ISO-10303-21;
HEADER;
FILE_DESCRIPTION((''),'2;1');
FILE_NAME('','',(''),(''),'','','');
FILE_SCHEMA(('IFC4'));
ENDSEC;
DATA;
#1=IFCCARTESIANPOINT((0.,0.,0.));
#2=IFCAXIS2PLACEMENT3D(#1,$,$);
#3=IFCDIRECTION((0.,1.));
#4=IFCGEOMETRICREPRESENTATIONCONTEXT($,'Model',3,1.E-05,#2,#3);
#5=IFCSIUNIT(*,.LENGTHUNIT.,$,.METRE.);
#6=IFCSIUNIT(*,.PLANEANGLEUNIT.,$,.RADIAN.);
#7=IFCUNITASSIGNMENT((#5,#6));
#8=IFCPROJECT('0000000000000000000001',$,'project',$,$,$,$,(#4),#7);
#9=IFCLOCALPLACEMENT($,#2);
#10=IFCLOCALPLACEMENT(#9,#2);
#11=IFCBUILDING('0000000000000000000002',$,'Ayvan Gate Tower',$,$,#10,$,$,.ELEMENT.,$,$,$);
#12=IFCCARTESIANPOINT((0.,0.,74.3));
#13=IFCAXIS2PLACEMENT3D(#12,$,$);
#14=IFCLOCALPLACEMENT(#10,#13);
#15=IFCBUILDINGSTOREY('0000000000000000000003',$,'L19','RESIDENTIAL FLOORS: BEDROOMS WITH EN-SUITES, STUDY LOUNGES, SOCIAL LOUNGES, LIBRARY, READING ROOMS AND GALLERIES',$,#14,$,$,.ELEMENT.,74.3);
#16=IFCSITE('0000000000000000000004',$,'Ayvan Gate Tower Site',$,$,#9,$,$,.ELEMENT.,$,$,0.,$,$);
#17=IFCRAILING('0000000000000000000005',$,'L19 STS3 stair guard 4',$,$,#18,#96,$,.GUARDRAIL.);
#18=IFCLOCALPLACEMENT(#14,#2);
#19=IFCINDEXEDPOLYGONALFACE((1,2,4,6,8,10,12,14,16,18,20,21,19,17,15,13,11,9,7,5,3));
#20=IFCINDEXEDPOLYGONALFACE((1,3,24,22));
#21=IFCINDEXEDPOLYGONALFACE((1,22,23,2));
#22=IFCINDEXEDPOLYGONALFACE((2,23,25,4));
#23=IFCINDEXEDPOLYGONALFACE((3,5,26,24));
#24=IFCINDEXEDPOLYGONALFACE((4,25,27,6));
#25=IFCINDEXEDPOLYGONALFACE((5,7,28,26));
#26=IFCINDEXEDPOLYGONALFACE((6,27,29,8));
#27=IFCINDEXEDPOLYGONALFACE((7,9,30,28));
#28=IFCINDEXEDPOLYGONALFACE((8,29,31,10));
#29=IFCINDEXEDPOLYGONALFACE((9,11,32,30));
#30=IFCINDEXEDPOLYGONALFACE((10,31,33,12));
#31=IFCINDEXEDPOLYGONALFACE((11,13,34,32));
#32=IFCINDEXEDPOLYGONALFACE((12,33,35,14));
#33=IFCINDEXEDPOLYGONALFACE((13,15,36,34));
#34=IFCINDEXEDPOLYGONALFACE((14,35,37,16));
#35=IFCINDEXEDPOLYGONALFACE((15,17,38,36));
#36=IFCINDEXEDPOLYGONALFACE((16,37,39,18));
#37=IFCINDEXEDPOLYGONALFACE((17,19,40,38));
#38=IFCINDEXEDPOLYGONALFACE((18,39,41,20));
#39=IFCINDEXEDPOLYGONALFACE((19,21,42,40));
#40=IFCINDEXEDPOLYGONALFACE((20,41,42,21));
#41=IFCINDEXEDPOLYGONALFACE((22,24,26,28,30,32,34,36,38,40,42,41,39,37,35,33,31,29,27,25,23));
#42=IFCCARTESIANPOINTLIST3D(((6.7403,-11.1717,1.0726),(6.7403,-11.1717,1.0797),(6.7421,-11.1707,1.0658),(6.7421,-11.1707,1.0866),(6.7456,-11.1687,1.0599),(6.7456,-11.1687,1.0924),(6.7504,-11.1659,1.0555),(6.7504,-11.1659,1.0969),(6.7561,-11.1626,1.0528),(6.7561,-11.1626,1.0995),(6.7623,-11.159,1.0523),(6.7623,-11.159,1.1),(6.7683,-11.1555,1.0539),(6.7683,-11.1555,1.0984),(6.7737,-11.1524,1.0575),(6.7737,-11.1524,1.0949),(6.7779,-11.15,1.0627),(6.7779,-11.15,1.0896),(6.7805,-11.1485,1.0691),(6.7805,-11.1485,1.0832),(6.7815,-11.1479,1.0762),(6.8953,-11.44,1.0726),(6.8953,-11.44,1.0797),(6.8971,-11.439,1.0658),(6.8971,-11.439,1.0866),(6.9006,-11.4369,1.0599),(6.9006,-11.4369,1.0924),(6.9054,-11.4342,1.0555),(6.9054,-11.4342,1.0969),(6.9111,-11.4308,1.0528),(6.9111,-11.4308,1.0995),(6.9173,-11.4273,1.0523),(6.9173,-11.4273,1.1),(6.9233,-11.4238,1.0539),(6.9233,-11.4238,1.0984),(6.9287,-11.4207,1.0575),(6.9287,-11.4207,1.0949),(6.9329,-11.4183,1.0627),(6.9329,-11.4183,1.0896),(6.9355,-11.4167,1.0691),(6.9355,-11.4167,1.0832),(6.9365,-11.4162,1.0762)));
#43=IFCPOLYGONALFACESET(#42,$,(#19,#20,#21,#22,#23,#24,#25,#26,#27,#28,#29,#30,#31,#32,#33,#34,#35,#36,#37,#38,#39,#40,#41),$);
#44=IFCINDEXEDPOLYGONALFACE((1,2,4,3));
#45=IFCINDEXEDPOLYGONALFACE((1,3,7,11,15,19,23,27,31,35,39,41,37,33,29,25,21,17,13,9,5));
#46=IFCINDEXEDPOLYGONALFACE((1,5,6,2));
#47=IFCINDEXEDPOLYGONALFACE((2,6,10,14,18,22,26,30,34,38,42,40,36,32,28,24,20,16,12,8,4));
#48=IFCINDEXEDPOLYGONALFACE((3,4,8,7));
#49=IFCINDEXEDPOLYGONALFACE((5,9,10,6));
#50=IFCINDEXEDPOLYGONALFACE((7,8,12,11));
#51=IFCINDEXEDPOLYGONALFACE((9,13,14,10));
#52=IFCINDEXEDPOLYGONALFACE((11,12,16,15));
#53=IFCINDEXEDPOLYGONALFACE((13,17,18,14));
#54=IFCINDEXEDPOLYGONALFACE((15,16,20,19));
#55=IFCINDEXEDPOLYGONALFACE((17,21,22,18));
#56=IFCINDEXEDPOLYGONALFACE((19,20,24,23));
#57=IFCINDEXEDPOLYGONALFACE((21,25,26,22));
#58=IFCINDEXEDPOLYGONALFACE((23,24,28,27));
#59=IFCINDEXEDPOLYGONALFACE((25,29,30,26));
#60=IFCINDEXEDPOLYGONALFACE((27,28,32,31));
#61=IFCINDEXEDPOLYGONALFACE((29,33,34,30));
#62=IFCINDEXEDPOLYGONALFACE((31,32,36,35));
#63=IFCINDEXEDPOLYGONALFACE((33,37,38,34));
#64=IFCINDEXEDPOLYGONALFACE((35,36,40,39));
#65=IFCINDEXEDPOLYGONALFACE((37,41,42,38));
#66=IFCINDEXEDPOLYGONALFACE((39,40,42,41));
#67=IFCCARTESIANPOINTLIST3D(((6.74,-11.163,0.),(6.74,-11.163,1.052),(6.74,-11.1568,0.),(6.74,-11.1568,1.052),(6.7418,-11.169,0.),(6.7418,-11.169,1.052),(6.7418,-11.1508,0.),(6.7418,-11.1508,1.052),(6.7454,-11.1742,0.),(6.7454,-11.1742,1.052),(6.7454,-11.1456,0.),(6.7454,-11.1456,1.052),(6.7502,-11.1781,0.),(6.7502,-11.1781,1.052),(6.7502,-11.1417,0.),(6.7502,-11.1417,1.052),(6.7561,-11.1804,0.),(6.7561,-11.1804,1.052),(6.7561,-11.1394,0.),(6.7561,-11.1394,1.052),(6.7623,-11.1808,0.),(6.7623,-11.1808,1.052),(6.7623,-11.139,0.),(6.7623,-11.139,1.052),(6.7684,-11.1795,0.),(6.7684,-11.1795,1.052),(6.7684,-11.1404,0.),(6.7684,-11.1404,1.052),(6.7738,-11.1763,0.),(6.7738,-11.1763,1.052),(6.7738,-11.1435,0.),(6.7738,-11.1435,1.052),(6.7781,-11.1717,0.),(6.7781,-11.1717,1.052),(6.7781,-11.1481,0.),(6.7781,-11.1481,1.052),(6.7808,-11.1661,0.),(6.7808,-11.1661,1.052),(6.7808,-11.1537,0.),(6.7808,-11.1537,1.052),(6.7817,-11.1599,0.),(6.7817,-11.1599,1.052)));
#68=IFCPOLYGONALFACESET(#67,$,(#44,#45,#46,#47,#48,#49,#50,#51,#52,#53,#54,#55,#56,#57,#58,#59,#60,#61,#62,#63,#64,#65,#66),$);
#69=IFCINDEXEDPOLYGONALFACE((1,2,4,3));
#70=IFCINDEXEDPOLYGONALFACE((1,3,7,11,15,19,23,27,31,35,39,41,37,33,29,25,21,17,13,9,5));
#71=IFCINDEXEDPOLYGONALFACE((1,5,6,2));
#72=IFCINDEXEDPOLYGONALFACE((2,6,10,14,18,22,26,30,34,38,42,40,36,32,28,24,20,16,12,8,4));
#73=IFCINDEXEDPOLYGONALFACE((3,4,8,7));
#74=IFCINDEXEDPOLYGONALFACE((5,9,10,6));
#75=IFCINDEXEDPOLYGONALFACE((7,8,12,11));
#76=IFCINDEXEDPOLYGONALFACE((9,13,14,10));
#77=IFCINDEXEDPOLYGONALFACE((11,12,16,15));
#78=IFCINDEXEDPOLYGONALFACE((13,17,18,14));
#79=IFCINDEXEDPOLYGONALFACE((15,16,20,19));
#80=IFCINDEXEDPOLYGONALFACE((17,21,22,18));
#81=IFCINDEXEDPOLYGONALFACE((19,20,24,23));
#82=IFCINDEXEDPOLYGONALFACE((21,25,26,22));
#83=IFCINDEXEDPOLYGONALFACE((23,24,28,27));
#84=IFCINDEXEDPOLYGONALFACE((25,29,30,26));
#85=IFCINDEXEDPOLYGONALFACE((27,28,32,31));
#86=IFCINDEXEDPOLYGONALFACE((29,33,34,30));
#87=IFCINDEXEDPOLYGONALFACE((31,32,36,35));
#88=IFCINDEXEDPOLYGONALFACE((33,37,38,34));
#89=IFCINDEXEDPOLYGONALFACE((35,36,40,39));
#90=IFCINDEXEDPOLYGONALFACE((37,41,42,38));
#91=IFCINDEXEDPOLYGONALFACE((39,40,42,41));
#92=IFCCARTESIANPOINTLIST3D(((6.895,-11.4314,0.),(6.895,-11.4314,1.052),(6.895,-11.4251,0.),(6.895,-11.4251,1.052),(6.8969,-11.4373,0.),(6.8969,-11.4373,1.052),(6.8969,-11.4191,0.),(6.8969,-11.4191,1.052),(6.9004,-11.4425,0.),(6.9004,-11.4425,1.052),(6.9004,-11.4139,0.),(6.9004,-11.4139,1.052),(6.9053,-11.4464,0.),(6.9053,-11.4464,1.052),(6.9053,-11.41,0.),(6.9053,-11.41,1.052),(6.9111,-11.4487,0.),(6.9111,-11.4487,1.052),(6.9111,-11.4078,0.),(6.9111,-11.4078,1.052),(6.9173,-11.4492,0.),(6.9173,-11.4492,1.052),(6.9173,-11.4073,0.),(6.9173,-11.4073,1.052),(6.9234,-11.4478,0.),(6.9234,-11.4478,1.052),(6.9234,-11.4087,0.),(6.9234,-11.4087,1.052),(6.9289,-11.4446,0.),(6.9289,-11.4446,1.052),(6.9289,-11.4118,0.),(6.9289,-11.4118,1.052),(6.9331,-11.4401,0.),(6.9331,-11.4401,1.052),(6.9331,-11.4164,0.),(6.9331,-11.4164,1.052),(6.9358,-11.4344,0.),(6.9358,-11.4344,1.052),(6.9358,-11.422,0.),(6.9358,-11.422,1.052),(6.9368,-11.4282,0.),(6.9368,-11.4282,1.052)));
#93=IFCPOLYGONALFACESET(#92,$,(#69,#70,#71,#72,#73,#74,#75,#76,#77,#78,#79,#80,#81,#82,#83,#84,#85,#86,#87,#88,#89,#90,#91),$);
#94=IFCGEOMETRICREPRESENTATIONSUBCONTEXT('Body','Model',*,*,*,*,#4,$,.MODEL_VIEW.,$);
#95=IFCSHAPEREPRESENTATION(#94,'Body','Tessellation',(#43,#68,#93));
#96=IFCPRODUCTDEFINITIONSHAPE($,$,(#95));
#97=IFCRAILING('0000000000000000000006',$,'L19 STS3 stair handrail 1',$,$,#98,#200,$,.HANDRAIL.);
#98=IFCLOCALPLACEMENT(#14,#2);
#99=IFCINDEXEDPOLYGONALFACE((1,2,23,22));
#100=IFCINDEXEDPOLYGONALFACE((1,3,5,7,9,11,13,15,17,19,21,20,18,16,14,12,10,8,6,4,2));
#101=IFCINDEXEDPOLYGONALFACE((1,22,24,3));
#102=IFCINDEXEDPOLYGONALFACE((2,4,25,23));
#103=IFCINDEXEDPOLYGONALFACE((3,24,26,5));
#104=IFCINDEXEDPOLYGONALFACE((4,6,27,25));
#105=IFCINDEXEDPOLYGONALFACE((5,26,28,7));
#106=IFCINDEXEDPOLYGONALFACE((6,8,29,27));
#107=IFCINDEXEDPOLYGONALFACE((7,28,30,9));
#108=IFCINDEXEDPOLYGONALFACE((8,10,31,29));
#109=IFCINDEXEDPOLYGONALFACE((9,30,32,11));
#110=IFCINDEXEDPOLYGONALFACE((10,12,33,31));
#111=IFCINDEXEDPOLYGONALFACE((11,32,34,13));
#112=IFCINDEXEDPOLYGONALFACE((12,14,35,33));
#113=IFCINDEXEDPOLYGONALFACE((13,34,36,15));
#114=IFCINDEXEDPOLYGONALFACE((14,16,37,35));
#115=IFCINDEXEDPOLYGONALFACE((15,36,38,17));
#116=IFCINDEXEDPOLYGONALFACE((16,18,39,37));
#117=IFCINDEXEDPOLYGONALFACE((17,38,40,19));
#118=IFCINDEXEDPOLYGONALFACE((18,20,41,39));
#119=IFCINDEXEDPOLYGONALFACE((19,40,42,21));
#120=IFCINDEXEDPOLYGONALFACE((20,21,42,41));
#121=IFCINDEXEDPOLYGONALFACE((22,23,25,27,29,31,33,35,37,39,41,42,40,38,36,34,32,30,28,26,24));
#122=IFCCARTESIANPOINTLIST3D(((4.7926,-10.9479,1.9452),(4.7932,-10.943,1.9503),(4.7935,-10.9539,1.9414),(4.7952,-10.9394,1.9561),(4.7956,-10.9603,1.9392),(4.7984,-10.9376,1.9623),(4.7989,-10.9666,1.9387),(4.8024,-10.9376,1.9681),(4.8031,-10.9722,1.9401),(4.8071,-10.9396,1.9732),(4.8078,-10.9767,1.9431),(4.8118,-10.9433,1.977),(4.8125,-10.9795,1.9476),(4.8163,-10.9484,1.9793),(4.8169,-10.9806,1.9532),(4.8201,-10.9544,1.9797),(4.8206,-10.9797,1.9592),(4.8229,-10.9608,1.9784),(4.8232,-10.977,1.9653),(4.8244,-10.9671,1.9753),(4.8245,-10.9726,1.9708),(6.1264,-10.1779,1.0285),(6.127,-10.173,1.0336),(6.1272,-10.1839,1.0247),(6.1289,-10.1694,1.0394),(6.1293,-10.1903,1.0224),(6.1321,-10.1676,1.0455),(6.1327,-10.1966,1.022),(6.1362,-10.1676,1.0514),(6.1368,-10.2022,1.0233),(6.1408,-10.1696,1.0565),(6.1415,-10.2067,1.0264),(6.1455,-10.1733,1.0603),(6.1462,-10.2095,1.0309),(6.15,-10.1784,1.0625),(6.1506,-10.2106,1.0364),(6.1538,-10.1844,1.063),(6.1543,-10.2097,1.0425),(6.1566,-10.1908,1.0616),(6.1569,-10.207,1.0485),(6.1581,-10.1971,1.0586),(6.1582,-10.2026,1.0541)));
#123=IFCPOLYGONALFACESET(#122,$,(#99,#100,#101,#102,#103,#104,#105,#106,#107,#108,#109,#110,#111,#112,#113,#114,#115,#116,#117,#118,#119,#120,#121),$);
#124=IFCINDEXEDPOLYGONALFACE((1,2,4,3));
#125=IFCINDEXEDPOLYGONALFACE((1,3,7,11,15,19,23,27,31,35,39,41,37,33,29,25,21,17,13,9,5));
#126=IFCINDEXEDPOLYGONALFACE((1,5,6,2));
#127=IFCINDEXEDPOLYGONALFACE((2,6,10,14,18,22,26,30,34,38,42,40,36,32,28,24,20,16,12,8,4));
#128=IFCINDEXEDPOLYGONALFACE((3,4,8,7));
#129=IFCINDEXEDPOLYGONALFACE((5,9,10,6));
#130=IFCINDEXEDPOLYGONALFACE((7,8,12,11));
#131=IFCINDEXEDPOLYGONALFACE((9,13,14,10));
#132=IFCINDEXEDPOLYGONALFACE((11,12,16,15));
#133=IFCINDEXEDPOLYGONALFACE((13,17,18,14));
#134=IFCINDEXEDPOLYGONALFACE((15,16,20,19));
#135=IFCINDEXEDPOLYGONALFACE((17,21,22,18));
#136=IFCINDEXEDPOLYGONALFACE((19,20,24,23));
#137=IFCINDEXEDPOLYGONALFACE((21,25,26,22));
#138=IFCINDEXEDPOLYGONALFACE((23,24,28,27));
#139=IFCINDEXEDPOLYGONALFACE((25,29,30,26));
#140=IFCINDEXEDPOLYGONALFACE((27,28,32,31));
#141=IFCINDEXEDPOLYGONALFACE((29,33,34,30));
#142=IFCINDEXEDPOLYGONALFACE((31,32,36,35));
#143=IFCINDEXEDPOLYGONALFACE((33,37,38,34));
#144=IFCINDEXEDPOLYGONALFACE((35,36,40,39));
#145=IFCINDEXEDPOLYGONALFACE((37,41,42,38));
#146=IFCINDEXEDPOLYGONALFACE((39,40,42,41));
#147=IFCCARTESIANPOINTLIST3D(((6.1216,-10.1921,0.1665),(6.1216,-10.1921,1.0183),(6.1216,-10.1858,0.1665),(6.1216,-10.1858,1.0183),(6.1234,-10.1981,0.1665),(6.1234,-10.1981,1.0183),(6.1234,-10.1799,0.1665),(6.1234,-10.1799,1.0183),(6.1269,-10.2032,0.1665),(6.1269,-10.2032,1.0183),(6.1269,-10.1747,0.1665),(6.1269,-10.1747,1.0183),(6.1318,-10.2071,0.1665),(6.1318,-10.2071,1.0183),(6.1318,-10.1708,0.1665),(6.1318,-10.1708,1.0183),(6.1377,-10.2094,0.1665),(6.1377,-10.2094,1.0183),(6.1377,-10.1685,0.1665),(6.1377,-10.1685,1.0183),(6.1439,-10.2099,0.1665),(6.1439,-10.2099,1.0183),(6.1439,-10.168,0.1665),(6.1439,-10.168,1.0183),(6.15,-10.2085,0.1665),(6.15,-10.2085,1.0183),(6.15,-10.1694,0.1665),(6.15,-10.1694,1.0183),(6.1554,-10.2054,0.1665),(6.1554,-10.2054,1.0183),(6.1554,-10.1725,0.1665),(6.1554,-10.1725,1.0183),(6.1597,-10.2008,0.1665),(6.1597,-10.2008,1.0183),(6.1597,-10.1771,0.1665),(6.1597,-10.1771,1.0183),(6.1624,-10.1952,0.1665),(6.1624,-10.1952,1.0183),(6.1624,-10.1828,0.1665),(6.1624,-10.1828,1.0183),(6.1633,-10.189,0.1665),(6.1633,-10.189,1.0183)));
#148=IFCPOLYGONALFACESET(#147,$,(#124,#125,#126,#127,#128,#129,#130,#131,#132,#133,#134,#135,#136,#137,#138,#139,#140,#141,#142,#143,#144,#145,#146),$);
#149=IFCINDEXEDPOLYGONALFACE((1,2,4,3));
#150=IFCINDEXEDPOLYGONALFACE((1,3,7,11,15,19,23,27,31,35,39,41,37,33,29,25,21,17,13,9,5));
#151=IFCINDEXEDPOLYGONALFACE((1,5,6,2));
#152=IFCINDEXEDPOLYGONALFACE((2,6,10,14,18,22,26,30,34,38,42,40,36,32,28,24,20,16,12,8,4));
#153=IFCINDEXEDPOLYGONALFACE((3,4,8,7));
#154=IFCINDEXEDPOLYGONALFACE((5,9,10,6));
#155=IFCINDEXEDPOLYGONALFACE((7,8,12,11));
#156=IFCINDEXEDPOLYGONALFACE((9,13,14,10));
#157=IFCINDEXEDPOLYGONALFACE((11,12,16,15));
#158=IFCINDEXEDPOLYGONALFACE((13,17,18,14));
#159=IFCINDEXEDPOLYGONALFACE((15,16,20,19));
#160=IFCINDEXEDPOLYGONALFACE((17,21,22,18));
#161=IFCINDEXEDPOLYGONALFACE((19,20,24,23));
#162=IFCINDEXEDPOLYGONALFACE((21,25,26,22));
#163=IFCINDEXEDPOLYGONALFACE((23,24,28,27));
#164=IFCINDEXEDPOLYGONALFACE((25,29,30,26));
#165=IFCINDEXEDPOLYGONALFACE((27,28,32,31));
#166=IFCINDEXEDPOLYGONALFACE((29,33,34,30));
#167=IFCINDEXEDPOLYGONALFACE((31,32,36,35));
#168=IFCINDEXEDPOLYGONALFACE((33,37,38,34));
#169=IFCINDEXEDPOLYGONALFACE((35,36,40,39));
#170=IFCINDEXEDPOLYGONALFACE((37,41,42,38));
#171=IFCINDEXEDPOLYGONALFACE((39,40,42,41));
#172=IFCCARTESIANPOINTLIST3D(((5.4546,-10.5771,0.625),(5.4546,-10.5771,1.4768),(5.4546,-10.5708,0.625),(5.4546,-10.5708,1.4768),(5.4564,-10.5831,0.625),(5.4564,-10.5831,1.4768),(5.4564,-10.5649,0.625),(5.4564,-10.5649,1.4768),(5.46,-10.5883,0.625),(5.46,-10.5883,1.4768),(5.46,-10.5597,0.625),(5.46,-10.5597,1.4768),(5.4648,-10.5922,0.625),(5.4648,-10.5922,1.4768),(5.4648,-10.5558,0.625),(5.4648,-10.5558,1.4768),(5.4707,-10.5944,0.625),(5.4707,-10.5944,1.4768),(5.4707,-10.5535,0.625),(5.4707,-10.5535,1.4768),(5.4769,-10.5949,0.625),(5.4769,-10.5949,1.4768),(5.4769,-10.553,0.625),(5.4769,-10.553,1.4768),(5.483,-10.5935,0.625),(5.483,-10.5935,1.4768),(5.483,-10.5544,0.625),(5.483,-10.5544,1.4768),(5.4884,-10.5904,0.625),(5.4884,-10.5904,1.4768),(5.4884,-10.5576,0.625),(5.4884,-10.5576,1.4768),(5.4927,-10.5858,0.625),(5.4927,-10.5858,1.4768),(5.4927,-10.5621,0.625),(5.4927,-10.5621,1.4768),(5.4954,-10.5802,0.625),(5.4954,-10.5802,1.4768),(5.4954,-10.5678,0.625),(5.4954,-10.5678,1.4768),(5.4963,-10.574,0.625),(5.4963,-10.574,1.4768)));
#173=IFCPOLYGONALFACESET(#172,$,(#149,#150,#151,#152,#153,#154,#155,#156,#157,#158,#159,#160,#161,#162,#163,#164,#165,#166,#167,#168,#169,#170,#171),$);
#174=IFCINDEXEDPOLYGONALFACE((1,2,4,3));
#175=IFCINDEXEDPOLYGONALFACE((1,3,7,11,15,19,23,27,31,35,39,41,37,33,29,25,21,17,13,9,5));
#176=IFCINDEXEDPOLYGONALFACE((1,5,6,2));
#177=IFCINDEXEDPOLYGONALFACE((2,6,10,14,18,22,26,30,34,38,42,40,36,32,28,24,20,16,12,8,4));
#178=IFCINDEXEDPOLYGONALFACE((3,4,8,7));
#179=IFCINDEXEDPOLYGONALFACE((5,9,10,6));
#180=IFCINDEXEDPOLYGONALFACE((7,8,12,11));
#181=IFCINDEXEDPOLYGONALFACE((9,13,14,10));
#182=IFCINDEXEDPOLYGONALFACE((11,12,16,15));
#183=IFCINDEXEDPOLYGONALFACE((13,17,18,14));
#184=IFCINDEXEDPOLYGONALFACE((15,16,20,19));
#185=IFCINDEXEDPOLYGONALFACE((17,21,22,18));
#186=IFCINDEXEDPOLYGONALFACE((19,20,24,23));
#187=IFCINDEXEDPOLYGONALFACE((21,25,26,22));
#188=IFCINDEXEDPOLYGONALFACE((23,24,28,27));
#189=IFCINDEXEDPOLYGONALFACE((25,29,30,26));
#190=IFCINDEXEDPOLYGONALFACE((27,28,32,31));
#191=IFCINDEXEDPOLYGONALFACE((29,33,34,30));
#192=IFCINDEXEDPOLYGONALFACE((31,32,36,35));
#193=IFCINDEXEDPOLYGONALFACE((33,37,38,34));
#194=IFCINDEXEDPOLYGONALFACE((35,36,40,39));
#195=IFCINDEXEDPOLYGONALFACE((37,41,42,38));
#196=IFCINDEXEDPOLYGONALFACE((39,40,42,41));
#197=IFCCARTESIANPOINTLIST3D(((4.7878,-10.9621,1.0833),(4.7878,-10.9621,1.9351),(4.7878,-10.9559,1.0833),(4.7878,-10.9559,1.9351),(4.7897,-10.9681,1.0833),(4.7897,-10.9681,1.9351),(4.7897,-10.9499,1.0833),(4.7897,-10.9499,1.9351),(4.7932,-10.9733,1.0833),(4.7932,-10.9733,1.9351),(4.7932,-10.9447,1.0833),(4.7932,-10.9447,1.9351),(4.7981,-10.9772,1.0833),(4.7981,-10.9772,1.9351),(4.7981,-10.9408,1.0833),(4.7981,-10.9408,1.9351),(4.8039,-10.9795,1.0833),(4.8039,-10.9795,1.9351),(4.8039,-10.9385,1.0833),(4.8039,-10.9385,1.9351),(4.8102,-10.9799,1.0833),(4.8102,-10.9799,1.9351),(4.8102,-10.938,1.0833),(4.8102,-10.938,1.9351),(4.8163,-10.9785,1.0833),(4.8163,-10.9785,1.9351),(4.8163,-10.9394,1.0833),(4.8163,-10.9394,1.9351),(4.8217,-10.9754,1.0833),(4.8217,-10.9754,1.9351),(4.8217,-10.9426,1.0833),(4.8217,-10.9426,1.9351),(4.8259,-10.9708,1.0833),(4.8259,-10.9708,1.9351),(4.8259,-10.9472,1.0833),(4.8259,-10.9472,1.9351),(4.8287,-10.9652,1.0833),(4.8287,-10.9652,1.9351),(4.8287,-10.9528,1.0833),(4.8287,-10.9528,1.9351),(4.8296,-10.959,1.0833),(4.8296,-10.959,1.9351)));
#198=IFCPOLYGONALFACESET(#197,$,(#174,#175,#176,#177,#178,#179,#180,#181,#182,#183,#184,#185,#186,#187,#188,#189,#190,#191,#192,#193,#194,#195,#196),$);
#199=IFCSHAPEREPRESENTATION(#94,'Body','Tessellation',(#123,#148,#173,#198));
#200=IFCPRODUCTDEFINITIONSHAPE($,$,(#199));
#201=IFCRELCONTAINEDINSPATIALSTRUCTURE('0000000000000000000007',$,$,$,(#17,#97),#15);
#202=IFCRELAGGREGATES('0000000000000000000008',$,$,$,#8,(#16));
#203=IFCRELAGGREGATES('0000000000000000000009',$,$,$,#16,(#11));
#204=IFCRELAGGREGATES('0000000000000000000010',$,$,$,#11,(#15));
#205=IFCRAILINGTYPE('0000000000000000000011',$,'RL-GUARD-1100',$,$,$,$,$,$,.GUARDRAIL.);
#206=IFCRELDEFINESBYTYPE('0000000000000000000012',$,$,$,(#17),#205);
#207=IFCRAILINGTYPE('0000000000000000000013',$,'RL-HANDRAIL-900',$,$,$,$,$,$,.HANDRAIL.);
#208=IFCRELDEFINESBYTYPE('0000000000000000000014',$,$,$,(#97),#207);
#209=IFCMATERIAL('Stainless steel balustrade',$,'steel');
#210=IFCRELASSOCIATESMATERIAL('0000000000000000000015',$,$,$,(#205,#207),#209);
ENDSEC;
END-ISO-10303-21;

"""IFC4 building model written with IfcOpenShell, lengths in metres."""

from ifc_helpers import new_model, si_unit, direction, frame, origin, origin_2d, place, context, subcontext, project, spatial, circle, extrude, material, type_object, element, save


model = new_model("IFC4")

# Units and contexts
model_context = context("Model", 3, precision=1e-05, world=origin(), true_north=direction((0.0, 1.0)))
body_context = subcontext(model_context, "Body", "Model", "MODEL_VIEW")
ifc_project = project(units=[si_unit("LENGTHUNIT", "METRE"), si_unit("PLANEANGLEUNIT", "RADIAN")], contexts=[model_context])

# Site, building, storey
site_placement = place(None, origin())
site = spatial("IfcSite", under=ifc_project, at=site_placement, Name="Ayvan Gate Tower Site", CompositionType="ELEMENT", RefElevation=0.0)
building_placement = place(site_placement, origin())
building = spatial("IfcBuilding", under=site, at=building_placement, Name="Ayvan Gate Tower", CompositionType="ELEMENT")
storey_placement = place(building_placement, frame((0.0, 0.0, 74.3)))
storey = spatial("IfcBuildingStorey", under=building, at=storey_placement, Name="L19", Description="RESIDENTIAL FLOORS: BEDROOMS WITH EN-SUITES, STUDY LOUNGES, SOCIAL LOUNGES, LIBRARY, READING ROOMS AND GALLERIES", CompositionType="ELEMENT", Elevation=74.3)

# Railings
ifc_material_1 = material(Name="Stainless steel balustrade", Category="steel")
railing_type_1 = type_object("IfcRailingType", Name="RL-GUARD-1100", PredefinedType="GUARDRAIL", material=ifc_material_1)
railing_1_placement = place(storey_placement, frame((6.7607, -11.1599, 0.0)))
element("IfcRailing", 1, at=railing_1_placement, inside=storey, type_object=railing_type_1, Name="L19 STS3 stair guard 4", PredefinedType="GUARDRAIL", context=body_context, shape_type="SweptSolid", body=[
    extrude(circle(Radius=0.0239, at=origin_2d()), frame((0.0, 0.0, 1.0762), z_axis=(0.500291, -0.865857, 0.0), x_axis=(0.865857, 0.500291, 0.0)), (0.0, 0.0, 1.0), 0.3098),
    extrude(circle(Radius=0.021, at=origin_2d()), origin(), (0.0, 0.0, 1.0), 1.052),
    extrude(circle(Radius=0.021, at=origin_2d()), frame((0.155, -0.2683, 0.0)), (0.0, 0.0, 1.0), 1.052),
])
railing_type_2 = type_object("IfcRailingType", Name="RL-HANDRAIL-900", PredefinedType="HANDRAIL", material=ifc_material_1)
railing_2_placement = place(storey_placement, frame((6.1423, -10.189, 0.1665)))
element("IfcRailing", 2, at=railing_2_placement, inside=storey, type_object=railing_type_2, Name="L19 STS3 stair handrail 1", PredefinedType="HANDRAIL", context=body_context, shape_type="SweptSolid", body=[
    extrude(circle(Radius=0.0239, at=origin_2d()), frame((0.0, 0.0, 0.876), z_axis=(-0.744164, -0.429634, 0.511502), x_axis=(0.499992, -0.86603, 0.0)), (0.0, 0.0, 1.0), 1.7922),
    extrude(circle(Radius=0.021, at=origin_2d()), origin(), (0.0, 0.0, 1.0), 0.8518),
    extrude(circle(Radius=0.021, at=origin_2d()), frame((-0.667, -0.385, 0.4585)), (0.0, 0.0, 1.0), 0.8518),
    extrude(circle(Radius=0.021, at=origin_2d()), frame((-1.3337, -0.77, 0.9167)), (0.0, 0.0, 1.0), 0.8518),
])

save(model, "model.ifc")
